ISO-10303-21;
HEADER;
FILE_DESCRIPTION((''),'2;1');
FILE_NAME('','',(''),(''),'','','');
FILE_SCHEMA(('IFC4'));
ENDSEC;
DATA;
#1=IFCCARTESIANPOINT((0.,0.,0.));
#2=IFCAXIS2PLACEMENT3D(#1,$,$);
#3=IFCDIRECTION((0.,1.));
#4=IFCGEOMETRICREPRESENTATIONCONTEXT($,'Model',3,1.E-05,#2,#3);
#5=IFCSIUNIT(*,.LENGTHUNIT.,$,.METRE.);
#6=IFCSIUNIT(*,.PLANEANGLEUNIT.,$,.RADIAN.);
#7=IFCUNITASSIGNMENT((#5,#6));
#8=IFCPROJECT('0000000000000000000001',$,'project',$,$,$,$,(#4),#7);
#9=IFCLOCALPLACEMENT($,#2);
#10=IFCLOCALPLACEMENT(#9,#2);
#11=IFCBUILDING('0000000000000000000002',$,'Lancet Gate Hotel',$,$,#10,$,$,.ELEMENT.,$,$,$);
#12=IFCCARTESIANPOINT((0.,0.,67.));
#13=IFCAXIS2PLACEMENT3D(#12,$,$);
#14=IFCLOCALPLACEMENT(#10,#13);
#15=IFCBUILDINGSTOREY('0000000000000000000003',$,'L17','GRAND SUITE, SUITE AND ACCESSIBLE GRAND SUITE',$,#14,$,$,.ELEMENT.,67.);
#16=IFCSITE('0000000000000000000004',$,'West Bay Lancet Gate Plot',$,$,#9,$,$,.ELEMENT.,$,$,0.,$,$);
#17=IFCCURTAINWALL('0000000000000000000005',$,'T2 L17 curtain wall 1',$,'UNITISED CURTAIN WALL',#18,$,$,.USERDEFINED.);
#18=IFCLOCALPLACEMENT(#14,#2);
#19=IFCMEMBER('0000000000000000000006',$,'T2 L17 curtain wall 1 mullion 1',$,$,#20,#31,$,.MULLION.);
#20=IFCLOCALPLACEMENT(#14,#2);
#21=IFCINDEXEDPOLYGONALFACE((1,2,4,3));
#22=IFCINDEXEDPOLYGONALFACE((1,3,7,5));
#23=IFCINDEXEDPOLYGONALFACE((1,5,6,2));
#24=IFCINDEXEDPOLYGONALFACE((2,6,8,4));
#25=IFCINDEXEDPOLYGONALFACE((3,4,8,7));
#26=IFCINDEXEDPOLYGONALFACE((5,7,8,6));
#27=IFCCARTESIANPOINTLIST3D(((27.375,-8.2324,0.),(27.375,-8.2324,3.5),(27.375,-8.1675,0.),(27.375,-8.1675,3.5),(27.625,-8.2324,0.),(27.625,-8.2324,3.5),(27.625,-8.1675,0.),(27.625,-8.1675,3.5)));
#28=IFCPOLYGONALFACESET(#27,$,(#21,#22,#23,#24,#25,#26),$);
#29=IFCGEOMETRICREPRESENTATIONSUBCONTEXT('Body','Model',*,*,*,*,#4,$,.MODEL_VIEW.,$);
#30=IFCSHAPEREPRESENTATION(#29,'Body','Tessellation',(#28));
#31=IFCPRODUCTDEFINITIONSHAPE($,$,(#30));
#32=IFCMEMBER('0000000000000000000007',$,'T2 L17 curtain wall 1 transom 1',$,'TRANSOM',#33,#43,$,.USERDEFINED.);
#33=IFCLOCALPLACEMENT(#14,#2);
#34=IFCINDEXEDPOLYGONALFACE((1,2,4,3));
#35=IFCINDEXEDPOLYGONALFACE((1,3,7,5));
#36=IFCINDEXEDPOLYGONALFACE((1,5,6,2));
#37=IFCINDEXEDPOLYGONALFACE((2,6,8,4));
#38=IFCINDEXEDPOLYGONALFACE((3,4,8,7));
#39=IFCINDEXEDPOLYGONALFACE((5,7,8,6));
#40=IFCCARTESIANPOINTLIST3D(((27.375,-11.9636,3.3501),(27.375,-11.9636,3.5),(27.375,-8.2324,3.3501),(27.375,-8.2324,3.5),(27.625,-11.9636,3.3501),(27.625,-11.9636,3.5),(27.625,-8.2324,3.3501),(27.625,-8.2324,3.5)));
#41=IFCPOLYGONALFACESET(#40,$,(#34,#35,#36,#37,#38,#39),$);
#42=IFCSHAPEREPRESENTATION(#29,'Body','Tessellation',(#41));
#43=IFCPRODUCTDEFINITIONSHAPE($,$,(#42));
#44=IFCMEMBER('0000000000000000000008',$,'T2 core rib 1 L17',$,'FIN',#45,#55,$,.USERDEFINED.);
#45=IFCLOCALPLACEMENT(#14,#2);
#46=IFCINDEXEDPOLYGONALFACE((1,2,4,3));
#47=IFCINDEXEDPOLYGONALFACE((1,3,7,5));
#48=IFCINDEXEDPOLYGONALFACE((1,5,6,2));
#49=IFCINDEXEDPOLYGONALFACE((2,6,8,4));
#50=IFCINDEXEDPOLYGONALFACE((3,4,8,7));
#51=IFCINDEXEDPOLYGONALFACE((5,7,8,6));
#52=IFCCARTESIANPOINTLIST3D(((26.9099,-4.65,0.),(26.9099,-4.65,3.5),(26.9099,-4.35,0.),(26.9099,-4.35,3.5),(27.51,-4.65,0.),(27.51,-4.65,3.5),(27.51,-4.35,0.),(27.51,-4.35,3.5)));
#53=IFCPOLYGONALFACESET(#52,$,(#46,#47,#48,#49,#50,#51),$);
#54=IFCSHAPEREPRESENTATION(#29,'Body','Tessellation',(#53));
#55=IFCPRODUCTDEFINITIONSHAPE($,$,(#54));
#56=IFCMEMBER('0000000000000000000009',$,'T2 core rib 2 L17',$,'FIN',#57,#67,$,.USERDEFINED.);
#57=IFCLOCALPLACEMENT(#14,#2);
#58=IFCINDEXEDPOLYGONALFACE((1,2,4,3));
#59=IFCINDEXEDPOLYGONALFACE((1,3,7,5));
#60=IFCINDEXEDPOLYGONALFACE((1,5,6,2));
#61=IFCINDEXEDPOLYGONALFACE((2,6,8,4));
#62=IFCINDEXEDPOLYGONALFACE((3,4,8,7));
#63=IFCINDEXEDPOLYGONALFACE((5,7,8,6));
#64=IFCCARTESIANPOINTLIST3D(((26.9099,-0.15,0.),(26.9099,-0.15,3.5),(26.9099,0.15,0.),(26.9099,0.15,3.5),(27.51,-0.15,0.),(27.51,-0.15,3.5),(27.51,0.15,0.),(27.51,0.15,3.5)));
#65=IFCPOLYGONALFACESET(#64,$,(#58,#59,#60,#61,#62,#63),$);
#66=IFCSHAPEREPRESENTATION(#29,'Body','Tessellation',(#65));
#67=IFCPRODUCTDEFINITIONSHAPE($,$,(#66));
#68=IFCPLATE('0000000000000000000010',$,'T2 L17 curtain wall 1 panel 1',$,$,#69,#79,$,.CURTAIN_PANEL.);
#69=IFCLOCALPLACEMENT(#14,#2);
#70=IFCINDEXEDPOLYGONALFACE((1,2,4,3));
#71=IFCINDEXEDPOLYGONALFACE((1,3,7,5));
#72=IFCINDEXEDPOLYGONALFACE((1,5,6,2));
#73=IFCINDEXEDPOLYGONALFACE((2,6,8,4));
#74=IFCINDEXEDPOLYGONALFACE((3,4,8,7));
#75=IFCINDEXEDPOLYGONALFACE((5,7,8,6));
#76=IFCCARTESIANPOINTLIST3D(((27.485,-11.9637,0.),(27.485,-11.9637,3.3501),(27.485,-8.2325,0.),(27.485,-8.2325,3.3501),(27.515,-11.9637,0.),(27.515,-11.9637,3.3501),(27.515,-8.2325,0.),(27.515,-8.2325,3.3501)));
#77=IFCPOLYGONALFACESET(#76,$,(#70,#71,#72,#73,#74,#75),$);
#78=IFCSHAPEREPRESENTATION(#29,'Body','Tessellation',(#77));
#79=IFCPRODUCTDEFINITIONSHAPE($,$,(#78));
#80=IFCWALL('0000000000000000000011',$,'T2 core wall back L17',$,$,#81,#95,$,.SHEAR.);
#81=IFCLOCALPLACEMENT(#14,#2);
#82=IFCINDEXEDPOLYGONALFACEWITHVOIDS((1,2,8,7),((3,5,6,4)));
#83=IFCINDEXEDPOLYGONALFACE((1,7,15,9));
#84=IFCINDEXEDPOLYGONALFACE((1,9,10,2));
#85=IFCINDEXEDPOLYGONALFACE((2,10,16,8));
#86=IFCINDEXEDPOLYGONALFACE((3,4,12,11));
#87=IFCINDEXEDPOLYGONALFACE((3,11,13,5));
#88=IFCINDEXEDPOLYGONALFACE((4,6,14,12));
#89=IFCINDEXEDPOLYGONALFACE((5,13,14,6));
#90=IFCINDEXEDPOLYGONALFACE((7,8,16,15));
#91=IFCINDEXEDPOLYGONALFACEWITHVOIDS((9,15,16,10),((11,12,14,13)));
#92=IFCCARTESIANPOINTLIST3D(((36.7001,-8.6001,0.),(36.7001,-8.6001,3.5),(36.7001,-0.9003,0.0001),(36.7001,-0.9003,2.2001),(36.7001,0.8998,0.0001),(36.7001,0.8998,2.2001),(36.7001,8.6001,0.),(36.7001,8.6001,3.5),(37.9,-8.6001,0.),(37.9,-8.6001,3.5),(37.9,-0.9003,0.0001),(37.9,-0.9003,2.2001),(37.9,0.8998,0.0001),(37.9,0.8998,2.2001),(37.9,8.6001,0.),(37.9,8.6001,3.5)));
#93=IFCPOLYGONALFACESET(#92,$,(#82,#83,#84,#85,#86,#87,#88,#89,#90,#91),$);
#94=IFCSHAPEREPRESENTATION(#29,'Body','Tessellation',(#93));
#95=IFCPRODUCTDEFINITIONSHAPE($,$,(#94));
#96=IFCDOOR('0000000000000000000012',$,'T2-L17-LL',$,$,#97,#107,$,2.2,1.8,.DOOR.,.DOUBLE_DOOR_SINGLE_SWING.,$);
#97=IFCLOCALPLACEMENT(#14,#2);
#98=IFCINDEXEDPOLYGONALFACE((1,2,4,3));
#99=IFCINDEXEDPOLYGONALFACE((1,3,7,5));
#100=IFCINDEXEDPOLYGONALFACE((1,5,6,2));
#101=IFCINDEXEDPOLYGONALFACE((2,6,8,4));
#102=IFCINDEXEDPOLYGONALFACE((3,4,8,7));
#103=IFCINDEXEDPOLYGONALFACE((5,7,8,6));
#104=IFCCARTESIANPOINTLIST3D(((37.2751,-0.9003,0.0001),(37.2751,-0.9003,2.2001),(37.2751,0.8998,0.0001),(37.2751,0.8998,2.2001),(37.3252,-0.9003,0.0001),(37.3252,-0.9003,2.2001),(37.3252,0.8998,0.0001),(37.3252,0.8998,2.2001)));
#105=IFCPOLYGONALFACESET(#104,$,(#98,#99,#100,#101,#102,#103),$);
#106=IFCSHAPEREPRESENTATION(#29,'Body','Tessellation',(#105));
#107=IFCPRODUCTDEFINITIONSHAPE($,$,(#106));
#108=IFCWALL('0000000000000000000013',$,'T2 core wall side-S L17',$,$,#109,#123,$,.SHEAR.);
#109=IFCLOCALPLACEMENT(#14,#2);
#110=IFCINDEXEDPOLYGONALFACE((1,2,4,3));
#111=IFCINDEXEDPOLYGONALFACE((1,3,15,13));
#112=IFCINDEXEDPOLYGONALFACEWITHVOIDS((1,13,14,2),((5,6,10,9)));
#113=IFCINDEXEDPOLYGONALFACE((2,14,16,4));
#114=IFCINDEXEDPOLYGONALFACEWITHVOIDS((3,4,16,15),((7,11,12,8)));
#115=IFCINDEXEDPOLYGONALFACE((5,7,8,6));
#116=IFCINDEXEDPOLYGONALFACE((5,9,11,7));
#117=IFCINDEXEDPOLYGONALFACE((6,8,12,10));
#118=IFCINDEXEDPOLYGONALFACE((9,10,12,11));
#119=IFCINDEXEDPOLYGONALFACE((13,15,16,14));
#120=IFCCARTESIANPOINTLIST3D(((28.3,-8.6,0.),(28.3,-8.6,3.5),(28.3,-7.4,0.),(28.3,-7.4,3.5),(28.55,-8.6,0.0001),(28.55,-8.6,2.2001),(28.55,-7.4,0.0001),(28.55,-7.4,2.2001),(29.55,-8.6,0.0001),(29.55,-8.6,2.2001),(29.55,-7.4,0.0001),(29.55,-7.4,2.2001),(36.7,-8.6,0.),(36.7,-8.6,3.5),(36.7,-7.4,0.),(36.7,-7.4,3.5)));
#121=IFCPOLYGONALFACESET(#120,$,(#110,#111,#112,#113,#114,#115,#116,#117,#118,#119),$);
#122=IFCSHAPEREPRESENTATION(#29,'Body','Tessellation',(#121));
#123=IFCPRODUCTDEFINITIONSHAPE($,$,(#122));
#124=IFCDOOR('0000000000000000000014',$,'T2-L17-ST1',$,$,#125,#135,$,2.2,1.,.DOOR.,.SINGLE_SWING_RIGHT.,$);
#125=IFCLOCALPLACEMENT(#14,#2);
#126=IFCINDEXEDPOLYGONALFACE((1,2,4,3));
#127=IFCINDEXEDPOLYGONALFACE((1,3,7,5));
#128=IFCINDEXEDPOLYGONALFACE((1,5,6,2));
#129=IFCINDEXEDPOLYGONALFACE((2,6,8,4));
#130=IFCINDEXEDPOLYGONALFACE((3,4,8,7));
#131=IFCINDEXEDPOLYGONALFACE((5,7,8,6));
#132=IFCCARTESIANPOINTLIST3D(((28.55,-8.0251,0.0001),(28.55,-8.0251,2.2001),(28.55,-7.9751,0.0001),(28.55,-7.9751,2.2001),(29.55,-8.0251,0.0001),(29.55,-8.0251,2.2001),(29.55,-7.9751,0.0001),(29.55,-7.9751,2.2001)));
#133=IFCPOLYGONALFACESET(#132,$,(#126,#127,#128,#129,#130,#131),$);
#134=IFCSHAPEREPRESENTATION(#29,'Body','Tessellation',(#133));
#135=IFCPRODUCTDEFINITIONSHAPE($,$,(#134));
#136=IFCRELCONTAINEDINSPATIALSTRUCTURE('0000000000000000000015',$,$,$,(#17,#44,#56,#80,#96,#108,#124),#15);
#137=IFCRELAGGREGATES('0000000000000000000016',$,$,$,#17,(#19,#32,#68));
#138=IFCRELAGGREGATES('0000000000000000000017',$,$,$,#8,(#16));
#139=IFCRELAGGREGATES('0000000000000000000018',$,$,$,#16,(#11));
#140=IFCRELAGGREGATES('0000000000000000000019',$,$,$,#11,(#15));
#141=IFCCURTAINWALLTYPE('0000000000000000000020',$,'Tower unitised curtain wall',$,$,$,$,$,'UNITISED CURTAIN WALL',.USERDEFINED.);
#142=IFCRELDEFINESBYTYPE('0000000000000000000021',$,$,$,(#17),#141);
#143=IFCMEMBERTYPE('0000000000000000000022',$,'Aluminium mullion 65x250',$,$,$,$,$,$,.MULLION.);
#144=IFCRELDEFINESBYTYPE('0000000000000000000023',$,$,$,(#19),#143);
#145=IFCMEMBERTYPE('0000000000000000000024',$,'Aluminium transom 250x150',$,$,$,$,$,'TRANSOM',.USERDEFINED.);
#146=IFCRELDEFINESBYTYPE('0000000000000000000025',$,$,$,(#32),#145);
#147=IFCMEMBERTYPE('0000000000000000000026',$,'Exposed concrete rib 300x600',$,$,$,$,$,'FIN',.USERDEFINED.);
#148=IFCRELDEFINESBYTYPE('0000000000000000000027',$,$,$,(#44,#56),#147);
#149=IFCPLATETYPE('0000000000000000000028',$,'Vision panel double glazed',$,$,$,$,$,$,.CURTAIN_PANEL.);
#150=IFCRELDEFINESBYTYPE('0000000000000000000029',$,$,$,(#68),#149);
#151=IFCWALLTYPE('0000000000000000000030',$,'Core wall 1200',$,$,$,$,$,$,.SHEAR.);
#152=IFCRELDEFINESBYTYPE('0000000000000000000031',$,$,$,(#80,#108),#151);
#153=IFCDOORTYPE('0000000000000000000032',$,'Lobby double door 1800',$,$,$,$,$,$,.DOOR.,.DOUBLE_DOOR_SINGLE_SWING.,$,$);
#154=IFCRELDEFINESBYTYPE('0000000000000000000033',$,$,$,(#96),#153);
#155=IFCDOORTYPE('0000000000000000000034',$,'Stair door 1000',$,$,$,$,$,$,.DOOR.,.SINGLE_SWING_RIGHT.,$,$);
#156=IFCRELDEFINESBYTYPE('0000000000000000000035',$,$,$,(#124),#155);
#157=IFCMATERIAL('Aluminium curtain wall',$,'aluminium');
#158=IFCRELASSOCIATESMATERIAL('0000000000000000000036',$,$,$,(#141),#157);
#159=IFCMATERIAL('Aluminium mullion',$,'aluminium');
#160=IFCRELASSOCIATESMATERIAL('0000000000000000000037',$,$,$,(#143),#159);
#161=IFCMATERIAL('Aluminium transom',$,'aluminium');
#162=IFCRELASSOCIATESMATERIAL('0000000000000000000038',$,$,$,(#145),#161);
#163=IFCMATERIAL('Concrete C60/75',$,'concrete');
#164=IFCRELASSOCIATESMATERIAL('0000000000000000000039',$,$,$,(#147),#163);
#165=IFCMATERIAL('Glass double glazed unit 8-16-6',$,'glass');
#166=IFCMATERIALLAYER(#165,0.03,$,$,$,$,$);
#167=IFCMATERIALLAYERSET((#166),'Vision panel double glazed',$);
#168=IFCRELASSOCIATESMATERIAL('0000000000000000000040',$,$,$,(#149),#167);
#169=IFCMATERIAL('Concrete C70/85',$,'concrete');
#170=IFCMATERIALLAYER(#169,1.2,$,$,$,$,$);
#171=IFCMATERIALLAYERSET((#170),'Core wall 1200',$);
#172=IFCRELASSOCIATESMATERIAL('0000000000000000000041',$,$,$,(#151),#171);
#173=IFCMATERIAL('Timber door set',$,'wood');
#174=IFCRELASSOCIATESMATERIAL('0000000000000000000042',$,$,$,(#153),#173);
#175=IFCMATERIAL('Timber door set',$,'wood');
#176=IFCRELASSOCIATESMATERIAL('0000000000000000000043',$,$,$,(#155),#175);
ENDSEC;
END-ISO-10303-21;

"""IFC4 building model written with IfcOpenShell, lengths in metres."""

from ifc_helpers import new_model, si_unit, direction, frame, frame_2d, origin, origin_2d, place, context, subcontext, project, spatial, rectangle, extrude, material, layer, layer_set, material_profile, profile_set, type_object, element, fill, aggregate, save


model = new_model("IFC4")

# Units and contexts
model_context = context("Model", 3, precision=1e-05, world=origin(), true_north=direction((0.0, 1.0)))
body_context = subcontext(model_context, "Body", "Model", "MODEL_VIEW")
ifc_project = project(units=[si_unit("LENGTHUNIT", "METRE"), si_unit("PLANEANGLEUNIT", "RADIAN")], contexts=[model_context])

# Site, building, storey
site_placement = place(None, origin())
site = spatial("IfcSite", under=ifc_project, at=site_placement, Name="West Bay Lancet Gate Plot", CompositionType="ELEMENT", RefElevation=0.0)
building_placement = place(site_placement, origin())
building = spatial("IfcBuilding", under=site, at=building_placement, Name="Lancet Gate Hotel", CompositionType="ELEMENT")
storey_placement = place(building_placement, frame((0.0, 0.0, 67.0)))
storey = spatial("IfcBuildingStorey", under=building, at=storey_placement, Name="L17", Description="GRAND SUITE, SUITE AND ACCESSIBLE GRAND SUITE", CompositionType="ELEMENT", Elevation=67.0)

# Curtain wall, members
ifc_material_1 = material(Name="Aluminium curtain wall", Category="aluminium")
curtain_wall_type = type_object("IfcCurtainWallType", Name="Tower unitised curtain wall", ElementType="UNITISED CURTAIN WALL", PredefinedType="USERDEFINED", material=ifc_material_1)
curtain_wall_placement = place(storey_placement, origin())
curtain_wall = element("IfcCurtainWall", 1, at=curtain_wall_placement, inside=storey, type_object=curtain_wall_type, Name="T2 L17 curtain wall 1", ObjectType="UNITISED CURTAIN WALL", PredefinedType="USERDEFINED")
ifc_material_2 = material(Name="Aluminium mullion", Category="aluminium")
ifc_material_profile_1 = material_profile(ifc_material_2, rectangle(XDim=0.0649, YDim=0.25, at=origin_2d()), Name="MULLION 65x250")
ifc_profile_set_1 = profile_set([ifc_material_profile_1], Name="Aluminium mullion")
member_type_1 = type_object("IfcMemberType", Name="Aluminium mullion 65x250", PredefinedType="MULLION", material=ifc_profile_set_1)
member_1_placement = place(storey_placement, frame((27.5, -8.2, 0.0), z_axis=(0.0, 0.0, 1.0), x_axis=(0.0, -1.0, 0.0)))
member_1 = element("IfcMember", 2, at=member_1_placement, type_object=member_type_1, Name="T2 L17 curtain wall 1 mullion 1", PredefinedType="MULLION", context=body_context, shape_type="SweptSolid", body=[
    extrude(rectangle(XDim=0.0649, YDim=0.25, at=origin_2d()), origin(), (0.0, 0.0, 1.0), 3.5),
])
ifc_material_3 = material(Name="Aluminium transom", Category="aluminium")
ifc_material_profile_2 = material_profile(ifc_material_3, rectangle(XDim=0.25, YDim=0.1499, at=origin_2d()), Name="TRANSOM 250x150")
ifc_profile_set_2 = profile_set([ifc_material_profile_2], Name="Aluminium transom")
member_type_2 = type_object("IfcMemberType", Name="Aluminium transom 250x150", ElementType="TRANSOM", PredefinedType="USERDEFINED", material=ifc_profile_set_2)
member_2_placement = place(storey_placement, frame((27.5, -8.2324, 3.425), z_axis=(0.0, -1.0, 0.0), x_axis=(1.0, 0.0, 0.0)))
member_2 = element("IfcMember", 3, at=member_2_placement, type_object=member_type_2, Name="T2 L17 curtain wall 1 transom 1", ObjectType="TRANSOM", PredefinedType="USERDEFINED", context=body_context, shape_type="SweptSolid", body=[
    extrude(rectangle(XDim=0.25, YDim=0.1499, at=origin_2d()), origin(), (0.0, 0.0, 1.0), 3.7312),
])

# Members
ifc_material_4 = material(Name="Concrete C60/75", Category="concrete")
ifc_material_profile_3 = material_profile(ifc_material_4, rectangle(XDim=0.3, YDim=0.6001, at=origin_2d()), Name="FIN 300x600")
ifc_profile_set_3 = profile_set([ifc_material_profile_3], Name="Concrete C60/75")
member_type_3 = type_object("IfcMemberType", Name="Exposed concrete rib 300x600", ElementType="FIN", PredefinedType="USERDEFINED", material=ifc_profile_set_3)
for number, where, z_axis, x_axis, name in (
    (4, (27.21, -4.5, 0.0), (0.0, 0.0, 1.0), (0.0, 1.0, 0.0), "T2 core rib 1 L17"),
    (5, (27.21, 0.0, 0.0), (0.0, 0.0, 1.0), (0.0, 1.0, 0.0), "T2 core rib 2 L17"),
):
    element("IfcMember", number, at=place(storey_placement, frame(where, z_axis=z_axis, x_axis=x_axis)), inside=storey, type_object=member_type_3, Name=name, ObjectType="FIN", PredefinedType="USERDEFINED", context=body_context, shape_type="SweptSolid", body=[
        extrude(rectangle(XDim=0.3, YDim=0.6001, at=origin_2d()), origin(), (0.0, 0.0, 1.0), 3.5),
    ])

# Plate
ifc_material_5 = material(Name="Glass double glazed unit 8-16-6", Category="glass")
ifc_layer_1 = layer(ifc_material_5, 0.03)
ifc_layer_set_1 = layer_set([ifc_layer_1], Name="Vision panel double glazed")
plate_type = type_object("IfcPlateType", Name="Vision panel double glazed", PredefinedType="CURTAIN_PANEL", material=ifc_layer_set_1)
plate_placement = place(storey_placement, frame((27.5, -10.0981, 0.0), z_axis=(0.0, 0.0, 1.0), x_axis=(0.0, -1.0, 0.0)))
plate = element("IfcPlate", 6, at=plate_placement, type_object=plate_type, Name="T2 L17 curtain wall 1 panel 1", PredefinedType="CURTAIN_PANEL", context=body_context, shape_type="SweptSolid", body=[
    extrude(rectangle(XDim=3.7312, YDim=0.03, at=origin_2d()), origin(), (0.0, 0.0, 1.0), 3.3501),
])
aggregate(curtain_wall, [member_1, member_2, plate])

# Walls, openings, doors
ifc_material_6 = material(Name="Concrete C70/85", Category="concrete")
ifc_layer_2 = layer(ifc_material_6, 1.2)
ifc_layer_set_2 = layer_set([ifc_layer_2], Name="Core wall 1200")
wall_type_1 = type_object("IfcWallType", Name="Core wall 1200", PredefinedType="SHEAR", material=ifc_layer_set_2)
wall_1_placement = place(storey_placement, frame((37.3, -8.6001, 0.0), z_axis=(0.0, 0.0, 1.0), x_axis=(0.0, 1.0, 0.0)))
wall_1 = element("IfcWall", 7, at=wall_1_placement, inside=storey, type_object=wall_type_1, Name="T2 core wall back L17", PredefinedType="SHEAR", context=body_context, shape_type="SweptSolid", body=[
    extrude(rectangle(XDim=17.2002, YDim=1.2, at=frame_2d((8.6001, 0.0))), origin(), (0.0, 0.0, 1.0), 3.5),
])
opening_1_placement = place(wall_1_placement, frame((7.7, 0.0, 0.0)))
opening_1 = element("IfcOpeningElement", 8, at=opening_1_placement, cuts=wall_1, PredefinedType="OPENING", context=body_context, shape_type="SweptSolid", body=[
    extrude(rectangle(XDim=1.8, YDim=2.2, at=frame_2d((0.8999, 1.1001))), frame((0.0, 0.6099, 0.0), z_axis=(0.0, -1.0, 0.0), x_axis=(1.0, 0.0, 0.0)), (0.0, 0.0, 1.0), 1.22),
])
ifc_material_7 = material(Name="Timber door set", Category="wood")
door_type_1 = type_object("IfcDoorType", Name="Lobby double door 1800", OperationType="DOUBLE_DOOR_SINGLE_SWING", PredefinedType="DOOR", material=ifc_material_7)
door_1_placement = place(opening_1_placement, origin())
door_1 = element("IfcDoor", 9, at=door_1_placement, inside=storey, type_object=door_type_1, Name="T2-L17-LL", OperationType="DOUBLE_DOOR_SINGLE_SWING", OverallHeight=2.2, OverallWidth=1.8, PredefinedType="DOOR", context=body_context, shape_type="SweptSolid", body=[
    extrude(rectangle(XDim=1.8, YDim=2.2, at=frame_2d((0.8999, 1.1001))), frame((0.0, 0.0249, 0.0), z_axis=(0.0, -1.0, 0.0), x_axis=(1.0, 0.0, 0.0)), (0.0, 0.0, 1.0), 0.05),
])
fill(opening_1, door_1)
wall_2_placement = place(storey_placement, frame((28.3, -8.0, 0.0), z_axis=(0.0, 0.0, 1.0), x_axis=(1.0, 0.0, 0.0)))
wall_2 = element("IfcWall", 10, at=wall_2_placement, inside=storey, type_object=wall_type_1, Name="T2 core wall side-S L17", PredefinedType="SHEAR", context=body_context, shape_type="SweptSolid", body=[
    extrude(rectangle(XDim=8.3999, YDim=1.2, at=frame_2d((4.2, 0.0))), origin(), (0.0, 0.0, 1.0), 3.5),
])
opening_2_placement = place(wall_2_placement, frame((0.25, 0.0, 0.0)))
opening_2 = element("IfcOpeningElement", 11, at=opening_2_placement, cuts=wall_2, PredefinedType="OPENING", context=body_context, shape_type="SweptSolid", body=[
    extrude(rectangle(XDim=1.0, YDim=2.2, at=frame_2d((0.5, 1.1001))), frame((0.0, 0.6099, 0.0), z_axis=(0.0, -1.0, 0.0), x_axis=(1.0, 0.0, 0.0)), (0.0, 0.0, 1.0), 1.22),
])
ifc_material_8 = material(Name="Timber door set", Category="wood")
door_type_2 = type_object("IfcDoorType", Name="Stair door 1000", OperationType="SINGLE_SWING_RIGHT", PredefinedType="DOOR", material=ifc_material_8)
door_2_placement = place(opening_2_placement, origin())
door_2 = element("IfcDoor", 12, at=door_2_placement, inside=storey, type_object=door_type_2, Name="T2-L17-ST1", OperationType="SINGLE_SWING_RIGHT", OverallHeight=2.2, OverallWidth=1.0, PredefinedType="DOOR", context=body_context, shape_type="SweptSolid", body=[
    extrude(rectangle(XDim=1.0, YDim=2.2, at=frame_2d((0.5, 1.1001))), frame((0.0, 0.0249, 0.0), z_axis=(0.0, -1.0, 0.0), x_axis=(1.0, 0.0, 0.0)), (0.0, 0.0, 1.0), 0.05),
])
fill(opening_2, door_2)

save(model, "model.ifc")
